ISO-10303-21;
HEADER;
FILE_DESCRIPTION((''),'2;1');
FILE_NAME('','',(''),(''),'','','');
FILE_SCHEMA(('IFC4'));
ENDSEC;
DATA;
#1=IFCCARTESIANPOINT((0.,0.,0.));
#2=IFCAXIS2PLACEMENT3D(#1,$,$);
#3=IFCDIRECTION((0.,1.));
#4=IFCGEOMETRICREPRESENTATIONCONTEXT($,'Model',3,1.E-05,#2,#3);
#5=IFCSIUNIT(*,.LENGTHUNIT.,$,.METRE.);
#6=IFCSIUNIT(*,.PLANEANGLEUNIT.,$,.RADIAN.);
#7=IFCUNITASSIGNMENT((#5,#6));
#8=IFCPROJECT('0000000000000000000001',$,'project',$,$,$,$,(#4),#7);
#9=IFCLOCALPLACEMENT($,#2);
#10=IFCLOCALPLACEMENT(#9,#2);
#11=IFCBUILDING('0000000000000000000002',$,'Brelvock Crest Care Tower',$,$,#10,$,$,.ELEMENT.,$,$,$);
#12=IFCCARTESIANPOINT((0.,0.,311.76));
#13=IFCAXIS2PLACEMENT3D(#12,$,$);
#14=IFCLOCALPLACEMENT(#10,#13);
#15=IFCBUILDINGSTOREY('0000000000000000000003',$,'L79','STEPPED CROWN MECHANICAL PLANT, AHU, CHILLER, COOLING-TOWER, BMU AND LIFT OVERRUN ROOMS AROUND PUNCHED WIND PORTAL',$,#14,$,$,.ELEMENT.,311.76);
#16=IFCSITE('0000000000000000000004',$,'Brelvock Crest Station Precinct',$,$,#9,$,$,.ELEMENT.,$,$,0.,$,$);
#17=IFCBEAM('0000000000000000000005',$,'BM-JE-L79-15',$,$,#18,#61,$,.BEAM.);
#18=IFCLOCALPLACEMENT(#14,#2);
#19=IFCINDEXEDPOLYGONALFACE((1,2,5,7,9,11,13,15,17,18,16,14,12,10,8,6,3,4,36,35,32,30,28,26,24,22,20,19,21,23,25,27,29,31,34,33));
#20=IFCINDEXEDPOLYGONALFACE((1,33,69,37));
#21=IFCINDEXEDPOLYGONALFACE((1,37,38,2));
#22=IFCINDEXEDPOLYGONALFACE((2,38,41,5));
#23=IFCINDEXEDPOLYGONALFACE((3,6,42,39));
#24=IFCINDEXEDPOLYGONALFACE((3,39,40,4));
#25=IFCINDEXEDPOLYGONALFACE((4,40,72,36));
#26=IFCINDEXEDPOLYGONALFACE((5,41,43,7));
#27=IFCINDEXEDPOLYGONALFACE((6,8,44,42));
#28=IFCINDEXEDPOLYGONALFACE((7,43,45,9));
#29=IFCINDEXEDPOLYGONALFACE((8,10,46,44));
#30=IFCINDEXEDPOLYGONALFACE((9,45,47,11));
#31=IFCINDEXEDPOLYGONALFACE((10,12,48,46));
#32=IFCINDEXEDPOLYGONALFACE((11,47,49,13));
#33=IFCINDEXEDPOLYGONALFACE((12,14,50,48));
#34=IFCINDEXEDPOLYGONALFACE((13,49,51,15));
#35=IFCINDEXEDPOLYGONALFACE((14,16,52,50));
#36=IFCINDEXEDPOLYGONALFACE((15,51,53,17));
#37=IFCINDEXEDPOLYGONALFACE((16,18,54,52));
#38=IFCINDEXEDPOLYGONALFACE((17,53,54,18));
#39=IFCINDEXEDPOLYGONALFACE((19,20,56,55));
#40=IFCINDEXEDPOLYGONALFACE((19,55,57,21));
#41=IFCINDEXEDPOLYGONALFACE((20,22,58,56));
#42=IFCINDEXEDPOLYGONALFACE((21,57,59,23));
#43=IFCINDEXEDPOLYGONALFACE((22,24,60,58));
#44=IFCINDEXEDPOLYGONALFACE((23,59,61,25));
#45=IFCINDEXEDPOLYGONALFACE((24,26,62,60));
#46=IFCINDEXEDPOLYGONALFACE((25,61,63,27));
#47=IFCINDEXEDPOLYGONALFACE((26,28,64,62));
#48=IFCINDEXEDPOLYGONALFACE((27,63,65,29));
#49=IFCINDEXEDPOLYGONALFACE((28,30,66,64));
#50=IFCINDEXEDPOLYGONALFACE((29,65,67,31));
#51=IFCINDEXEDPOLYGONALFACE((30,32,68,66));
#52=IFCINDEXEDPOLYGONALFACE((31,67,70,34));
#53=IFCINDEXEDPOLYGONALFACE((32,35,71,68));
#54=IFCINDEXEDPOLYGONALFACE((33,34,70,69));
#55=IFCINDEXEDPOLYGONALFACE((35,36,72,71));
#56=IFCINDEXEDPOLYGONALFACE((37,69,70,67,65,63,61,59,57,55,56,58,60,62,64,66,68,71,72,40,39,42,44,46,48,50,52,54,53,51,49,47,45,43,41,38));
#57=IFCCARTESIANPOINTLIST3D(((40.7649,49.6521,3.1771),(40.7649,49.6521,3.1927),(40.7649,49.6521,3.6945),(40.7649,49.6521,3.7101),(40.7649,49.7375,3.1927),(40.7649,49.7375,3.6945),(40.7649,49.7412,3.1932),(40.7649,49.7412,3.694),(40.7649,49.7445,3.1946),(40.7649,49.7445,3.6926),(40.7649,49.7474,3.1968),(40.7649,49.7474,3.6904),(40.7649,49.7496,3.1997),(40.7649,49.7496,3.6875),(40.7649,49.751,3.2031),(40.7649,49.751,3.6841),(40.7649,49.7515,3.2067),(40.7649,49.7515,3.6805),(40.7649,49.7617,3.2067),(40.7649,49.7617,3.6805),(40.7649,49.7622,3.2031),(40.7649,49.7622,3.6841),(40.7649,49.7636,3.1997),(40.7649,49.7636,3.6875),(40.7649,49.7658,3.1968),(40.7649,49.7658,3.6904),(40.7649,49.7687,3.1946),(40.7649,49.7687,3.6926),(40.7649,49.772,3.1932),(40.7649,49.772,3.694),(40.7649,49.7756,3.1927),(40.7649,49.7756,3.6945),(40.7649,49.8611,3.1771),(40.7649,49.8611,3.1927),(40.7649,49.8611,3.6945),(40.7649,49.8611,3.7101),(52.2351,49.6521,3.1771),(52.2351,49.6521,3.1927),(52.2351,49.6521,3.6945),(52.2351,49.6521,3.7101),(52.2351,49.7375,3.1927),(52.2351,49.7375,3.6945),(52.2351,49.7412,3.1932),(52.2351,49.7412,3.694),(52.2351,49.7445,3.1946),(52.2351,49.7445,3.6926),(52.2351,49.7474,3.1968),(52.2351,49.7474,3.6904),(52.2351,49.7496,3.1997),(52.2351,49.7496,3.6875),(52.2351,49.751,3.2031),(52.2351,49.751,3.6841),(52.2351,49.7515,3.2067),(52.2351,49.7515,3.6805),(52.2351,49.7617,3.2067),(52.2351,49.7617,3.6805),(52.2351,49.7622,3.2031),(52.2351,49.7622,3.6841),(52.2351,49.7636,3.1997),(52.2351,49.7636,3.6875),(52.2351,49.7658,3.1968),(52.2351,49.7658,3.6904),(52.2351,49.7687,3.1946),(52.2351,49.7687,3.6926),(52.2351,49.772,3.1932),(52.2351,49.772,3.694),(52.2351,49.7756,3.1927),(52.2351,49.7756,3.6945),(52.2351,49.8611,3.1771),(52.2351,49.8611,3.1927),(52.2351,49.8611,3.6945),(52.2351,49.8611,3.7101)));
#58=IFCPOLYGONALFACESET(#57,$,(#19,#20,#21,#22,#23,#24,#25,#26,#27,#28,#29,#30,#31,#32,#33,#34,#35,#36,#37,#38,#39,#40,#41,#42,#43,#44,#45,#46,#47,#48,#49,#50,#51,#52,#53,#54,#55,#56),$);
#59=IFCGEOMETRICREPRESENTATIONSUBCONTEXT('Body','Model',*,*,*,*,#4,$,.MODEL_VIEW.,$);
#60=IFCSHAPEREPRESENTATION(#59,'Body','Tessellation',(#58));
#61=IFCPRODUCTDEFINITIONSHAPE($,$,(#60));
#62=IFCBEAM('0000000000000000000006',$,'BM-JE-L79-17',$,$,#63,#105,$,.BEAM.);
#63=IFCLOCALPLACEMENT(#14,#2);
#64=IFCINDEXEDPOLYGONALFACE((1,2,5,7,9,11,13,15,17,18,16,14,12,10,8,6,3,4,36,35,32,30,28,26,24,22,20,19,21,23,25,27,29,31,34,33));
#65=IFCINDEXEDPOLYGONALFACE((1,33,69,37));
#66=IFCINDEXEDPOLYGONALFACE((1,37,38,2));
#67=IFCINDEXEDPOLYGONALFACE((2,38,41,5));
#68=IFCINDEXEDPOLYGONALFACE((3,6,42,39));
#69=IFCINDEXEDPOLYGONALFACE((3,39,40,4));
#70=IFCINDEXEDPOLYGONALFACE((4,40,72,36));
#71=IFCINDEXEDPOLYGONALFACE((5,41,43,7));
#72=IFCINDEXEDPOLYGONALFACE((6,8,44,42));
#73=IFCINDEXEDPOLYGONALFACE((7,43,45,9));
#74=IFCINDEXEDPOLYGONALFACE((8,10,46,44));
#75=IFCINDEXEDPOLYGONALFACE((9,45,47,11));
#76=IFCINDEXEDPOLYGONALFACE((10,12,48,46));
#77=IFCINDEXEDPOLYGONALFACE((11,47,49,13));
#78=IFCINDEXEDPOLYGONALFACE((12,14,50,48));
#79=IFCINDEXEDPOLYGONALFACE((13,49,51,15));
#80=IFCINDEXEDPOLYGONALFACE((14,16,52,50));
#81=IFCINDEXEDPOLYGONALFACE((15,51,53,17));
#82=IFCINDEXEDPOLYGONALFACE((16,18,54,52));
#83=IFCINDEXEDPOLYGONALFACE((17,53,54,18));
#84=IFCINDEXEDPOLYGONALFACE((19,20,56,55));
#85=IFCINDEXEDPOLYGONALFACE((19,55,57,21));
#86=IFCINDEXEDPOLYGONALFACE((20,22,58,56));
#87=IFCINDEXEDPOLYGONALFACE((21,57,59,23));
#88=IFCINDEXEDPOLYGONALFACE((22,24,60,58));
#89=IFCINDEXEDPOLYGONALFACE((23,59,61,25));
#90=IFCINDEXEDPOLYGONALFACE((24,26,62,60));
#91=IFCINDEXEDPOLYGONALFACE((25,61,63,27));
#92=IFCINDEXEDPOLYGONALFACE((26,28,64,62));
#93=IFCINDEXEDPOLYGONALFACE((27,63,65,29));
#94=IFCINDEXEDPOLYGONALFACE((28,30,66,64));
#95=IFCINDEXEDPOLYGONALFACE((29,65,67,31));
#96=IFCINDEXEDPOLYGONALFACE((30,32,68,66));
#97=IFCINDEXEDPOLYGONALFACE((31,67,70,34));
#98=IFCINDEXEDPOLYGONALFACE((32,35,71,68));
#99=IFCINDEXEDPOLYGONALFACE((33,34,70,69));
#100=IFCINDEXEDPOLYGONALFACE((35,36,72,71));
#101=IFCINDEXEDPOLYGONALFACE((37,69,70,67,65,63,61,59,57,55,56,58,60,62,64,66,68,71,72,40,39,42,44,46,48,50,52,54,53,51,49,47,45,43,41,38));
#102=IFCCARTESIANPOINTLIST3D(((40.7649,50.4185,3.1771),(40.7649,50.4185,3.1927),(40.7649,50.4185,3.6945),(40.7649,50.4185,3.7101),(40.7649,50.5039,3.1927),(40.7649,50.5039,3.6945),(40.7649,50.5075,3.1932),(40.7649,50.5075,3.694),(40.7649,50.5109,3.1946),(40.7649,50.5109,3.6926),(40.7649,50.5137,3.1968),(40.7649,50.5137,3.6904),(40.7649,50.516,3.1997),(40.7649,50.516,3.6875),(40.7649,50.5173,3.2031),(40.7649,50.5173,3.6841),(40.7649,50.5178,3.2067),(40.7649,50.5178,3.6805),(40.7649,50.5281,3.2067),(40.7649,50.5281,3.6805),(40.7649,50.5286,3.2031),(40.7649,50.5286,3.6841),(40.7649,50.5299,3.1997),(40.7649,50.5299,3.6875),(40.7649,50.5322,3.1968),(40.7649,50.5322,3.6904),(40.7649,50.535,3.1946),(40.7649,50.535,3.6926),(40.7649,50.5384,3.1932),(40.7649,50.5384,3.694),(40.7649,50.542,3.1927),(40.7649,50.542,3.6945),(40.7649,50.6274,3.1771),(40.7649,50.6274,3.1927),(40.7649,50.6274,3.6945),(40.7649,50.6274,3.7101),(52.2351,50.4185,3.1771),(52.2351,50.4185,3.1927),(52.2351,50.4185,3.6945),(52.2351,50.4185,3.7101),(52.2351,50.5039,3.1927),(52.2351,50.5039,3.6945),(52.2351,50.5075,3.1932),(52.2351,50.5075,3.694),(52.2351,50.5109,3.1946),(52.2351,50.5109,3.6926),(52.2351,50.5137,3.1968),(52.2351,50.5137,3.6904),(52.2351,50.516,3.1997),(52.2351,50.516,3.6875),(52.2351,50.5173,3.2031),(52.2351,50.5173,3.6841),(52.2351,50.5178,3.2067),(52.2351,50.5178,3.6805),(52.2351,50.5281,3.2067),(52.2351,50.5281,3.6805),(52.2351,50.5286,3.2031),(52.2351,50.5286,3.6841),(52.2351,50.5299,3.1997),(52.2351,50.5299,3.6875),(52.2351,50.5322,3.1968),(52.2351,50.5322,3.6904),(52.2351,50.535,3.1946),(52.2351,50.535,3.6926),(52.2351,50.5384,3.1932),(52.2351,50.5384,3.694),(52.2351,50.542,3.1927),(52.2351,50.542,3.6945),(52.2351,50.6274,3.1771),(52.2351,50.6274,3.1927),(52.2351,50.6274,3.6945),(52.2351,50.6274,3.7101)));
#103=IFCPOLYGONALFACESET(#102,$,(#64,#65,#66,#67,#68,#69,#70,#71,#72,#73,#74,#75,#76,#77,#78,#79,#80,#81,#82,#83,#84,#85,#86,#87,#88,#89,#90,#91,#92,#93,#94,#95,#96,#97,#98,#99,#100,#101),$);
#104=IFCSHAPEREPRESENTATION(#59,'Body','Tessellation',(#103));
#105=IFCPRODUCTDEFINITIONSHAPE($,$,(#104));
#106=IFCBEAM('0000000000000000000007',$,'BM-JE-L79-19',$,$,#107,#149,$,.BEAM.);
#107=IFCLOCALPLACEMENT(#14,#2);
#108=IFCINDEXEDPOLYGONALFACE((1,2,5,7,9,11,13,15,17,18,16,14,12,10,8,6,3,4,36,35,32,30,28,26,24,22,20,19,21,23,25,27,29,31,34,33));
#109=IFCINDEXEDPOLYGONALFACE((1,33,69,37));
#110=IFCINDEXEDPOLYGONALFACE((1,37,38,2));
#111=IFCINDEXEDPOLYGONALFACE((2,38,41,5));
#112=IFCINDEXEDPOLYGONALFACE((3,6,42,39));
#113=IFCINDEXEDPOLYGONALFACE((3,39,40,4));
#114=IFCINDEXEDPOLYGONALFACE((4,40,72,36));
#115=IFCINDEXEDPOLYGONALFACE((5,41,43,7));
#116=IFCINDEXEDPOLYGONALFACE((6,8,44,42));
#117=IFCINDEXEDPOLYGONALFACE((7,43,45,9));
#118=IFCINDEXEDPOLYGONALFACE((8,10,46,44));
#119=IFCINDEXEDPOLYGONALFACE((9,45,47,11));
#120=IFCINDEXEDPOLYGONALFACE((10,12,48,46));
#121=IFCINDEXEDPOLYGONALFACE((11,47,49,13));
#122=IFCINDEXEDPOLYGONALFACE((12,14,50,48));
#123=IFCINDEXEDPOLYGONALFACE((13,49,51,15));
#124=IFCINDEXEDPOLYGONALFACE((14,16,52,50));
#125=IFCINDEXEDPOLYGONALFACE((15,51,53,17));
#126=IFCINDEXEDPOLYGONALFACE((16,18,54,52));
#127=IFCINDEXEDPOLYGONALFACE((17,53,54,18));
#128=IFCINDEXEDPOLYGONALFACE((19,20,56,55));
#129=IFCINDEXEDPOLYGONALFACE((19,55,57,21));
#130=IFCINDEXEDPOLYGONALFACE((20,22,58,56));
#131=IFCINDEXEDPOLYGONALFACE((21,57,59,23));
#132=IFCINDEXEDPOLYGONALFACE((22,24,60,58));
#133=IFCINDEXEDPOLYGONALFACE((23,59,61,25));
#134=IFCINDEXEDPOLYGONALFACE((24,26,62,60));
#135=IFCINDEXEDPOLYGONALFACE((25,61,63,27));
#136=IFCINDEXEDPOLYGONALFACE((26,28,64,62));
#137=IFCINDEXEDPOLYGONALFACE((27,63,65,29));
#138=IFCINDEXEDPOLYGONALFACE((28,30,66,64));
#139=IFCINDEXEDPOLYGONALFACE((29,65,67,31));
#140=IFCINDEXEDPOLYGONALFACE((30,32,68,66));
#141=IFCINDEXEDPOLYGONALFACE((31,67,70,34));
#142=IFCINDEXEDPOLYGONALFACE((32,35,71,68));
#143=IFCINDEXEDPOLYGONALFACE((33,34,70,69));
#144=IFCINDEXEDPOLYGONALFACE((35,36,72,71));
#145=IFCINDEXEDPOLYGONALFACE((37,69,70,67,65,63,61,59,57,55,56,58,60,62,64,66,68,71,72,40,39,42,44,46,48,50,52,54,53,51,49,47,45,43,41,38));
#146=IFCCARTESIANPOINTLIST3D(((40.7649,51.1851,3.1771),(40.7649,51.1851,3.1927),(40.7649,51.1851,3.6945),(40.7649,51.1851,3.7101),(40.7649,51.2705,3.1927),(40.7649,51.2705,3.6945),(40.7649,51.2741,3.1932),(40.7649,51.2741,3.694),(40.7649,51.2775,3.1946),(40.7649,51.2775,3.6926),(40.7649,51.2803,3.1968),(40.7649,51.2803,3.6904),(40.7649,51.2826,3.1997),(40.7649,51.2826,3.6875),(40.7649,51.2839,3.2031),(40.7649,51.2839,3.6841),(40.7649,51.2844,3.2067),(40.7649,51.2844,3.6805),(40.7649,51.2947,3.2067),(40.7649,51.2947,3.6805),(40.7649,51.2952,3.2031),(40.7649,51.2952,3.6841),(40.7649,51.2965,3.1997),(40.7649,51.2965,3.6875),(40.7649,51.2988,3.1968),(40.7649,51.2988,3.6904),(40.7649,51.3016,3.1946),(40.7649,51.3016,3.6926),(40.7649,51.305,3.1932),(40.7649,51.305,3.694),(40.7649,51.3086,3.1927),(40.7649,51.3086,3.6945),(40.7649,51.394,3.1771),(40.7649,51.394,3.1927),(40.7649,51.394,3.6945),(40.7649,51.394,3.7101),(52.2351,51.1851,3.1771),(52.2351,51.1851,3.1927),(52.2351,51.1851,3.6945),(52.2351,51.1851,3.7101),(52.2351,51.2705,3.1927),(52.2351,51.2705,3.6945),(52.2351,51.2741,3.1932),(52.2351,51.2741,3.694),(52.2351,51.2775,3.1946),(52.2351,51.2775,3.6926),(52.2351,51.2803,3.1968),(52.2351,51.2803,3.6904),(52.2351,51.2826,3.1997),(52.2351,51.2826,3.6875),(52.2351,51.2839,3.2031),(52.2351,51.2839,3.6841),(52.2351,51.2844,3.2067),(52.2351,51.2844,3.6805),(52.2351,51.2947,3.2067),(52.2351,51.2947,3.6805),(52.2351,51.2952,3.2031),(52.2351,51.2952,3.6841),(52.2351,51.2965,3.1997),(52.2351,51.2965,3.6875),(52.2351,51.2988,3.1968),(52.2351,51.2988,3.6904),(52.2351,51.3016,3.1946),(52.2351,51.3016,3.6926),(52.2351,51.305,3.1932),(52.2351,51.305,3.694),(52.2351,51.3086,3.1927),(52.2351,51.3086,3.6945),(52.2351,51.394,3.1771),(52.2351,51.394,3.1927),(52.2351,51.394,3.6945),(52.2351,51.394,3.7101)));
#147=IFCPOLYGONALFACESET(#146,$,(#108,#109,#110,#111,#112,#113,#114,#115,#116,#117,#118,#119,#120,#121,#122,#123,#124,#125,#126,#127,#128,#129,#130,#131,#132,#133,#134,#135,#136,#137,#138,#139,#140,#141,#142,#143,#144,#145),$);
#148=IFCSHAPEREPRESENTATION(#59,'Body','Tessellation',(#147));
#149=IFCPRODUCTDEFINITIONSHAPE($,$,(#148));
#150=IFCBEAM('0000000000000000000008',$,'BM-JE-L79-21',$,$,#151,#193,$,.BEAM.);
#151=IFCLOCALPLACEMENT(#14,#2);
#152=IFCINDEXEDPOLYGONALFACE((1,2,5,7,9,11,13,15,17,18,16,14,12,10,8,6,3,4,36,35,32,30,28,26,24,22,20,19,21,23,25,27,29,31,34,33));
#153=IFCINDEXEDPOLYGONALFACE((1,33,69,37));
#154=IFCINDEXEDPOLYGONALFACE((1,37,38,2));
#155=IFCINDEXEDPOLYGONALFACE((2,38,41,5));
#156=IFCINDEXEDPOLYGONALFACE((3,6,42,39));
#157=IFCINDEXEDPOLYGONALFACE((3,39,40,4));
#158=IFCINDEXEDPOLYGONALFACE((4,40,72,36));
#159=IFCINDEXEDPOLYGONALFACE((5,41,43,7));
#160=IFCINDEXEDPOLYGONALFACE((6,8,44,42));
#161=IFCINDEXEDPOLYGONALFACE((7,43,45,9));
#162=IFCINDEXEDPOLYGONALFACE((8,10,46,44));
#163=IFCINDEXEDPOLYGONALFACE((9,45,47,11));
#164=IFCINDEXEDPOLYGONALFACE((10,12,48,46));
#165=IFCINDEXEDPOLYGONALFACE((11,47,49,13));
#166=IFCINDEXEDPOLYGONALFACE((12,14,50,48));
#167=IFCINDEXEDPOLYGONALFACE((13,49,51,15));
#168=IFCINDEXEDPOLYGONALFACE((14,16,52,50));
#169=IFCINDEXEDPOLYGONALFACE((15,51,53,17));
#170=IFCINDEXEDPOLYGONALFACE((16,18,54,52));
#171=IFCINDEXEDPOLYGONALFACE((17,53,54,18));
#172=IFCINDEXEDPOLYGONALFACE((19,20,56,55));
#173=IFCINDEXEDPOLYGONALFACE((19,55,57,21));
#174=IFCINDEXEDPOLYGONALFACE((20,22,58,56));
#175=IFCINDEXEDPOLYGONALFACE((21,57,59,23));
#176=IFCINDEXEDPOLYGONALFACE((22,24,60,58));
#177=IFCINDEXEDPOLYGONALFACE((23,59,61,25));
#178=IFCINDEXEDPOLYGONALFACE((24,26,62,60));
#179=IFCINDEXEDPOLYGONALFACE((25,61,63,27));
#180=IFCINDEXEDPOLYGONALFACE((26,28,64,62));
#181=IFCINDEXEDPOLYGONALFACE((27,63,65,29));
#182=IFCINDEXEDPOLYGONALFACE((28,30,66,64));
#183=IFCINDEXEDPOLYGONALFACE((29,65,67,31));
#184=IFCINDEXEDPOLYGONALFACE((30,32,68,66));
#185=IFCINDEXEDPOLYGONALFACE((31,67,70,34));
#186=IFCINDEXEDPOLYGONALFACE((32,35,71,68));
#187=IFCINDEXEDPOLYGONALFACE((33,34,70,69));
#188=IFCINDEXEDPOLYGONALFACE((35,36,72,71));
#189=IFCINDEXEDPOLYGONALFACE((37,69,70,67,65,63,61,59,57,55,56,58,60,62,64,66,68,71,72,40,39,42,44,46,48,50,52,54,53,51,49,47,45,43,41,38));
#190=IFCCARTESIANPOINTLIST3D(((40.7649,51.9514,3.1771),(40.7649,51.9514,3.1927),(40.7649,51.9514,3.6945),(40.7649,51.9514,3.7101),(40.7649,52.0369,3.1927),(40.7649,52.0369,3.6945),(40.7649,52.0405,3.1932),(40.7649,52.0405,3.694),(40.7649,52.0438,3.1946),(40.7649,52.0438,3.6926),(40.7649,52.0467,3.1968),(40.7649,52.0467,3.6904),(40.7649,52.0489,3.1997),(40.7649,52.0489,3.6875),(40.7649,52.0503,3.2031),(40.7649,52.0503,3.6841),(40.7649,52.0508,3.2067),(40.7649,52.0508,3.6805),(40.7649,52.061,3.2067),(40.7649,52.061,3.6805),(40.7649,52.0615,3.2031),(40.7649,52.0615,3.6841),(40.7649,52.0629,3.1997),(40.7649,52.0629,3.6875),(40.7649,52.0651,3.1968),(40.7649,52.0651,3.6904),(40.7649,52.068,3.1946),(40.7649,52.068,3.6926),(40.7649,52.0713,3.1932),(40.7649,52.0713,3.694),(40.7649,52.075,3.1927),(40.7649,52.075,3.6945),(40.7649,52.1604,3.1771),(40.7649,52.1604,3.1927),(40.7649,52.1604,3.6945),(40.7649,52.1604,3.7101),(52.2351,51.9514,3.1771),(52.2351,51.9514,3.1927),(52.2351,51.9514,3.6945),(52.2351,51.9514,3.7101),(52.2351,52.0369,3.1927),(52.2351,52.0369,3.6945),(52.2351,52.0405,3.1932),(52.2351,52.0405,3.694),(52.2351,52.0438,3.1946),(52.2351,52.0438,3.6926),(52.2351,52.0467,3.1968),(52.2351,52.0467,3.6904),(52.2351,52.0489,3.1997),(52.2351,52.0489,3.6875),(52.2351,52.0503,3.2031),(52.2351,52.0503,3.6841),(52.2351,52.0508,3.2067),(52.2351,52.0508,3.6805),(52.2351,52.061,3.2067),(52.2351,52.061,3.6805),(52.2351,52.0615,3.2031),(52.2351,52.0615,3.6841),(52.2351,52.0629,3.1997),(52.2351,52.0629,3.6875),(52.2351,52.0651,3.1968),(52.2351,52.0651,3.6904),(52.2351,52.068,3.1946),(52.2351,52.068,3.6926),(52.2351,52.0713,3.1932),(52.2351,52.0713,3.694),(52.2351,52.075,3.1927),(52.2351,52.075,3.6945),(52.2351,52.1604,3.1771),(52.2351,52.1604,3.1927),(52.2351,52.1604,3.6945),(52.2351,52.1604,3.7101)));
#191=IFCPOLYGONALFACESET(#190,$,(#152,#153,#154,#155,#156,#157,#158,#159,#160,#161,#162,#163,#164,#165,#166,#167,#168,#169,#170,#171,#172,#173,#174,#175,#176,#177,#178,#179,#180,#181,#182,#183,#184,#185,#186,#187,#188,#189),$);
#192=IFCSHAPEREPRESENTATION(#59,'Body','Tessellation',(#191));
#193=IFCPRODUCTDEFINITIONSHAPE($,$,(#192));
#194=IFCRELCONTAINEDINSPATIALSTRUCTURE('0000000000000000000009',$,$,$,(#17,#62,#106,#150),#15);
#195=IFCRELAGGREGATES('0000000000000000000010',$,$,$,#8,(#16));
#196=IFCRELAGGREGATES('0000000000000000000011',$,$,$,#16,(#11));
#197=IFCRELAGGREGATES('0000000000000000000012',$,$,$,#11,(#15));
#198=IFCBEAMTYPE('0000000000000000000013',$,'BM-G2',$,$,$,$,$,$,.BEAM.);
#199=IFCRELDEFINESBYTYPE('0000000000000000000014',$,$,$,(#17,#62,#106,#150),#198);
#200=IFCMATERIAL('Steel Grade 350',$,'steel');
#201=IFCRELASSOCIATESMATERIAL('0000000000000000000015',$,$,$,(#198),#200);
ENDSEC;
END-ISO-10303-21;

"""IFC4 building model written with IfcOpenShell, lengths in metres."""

from ifc_helpers import new_model, si_unit, direction, frame, origin, origin_2d, place, context, subcontext, project, spatial, i_section, extrude, source, transform, mapped, material, material_profile, profile_set, type_object, element, save


model = new_model("IFC4")

# Units and contexts
model_context = context("Model", 3, precision=1e-05, world=origin(), true_north=direction((0.0, 1.0)))
body_context = subcontext(model_context, "Body", "Model", "MODEL_VIEW")
ifc_project = project(units=[si_unit("LENGTHUNIT", "METRE"), si_unit("PLANEANGLEUNIT", "RADIAN")], contexts=[model_context])

# Site, building, storey
site_placement = place(None, origin())
site = spatial("IfcSite", under=ifc_project, at=site_placement, Name="Brelvock Crest Station Precinct", CompositionType="ELEMENT", RefElevation=0.0)
building_placement = place(site_placement, origin())
building = spatial("IfcBuilding", under=site, at=building_placement, Name="Brelvock Crest Care Tower", CompositionType="ELEMENT")
storey_placement = place(building_placement, frame((0.0, 0.0, 311.76)))
storey = spatial("IfcBuildingStorey", under=building, at=storey_placement, Name="L79", Description="STEPPED CROWN MECHANICAL PLANT, AHU, CHILLER, COOLING-TOWER, BMU AND LIFT OVERRUN ROOMS AROUND PUNCHED WIND PORTAL", CompositionType="ELEMENT", Elevation=311.76)

# Shared definitions
ifc_material_1 = material(Name="Steel Grade 350", Category="steel")

# Beams
ifc_material_profile_1 = material_profile(ifc_material_1, i_section(OverallWidth=0.209, OverallDepth=0.533, WebThickness=0.0103, FlangeThickness=0.0156, FilletRadius=0.0139, at=origin_2d()), Name="530UB92.4")
ifc_profile_set_1 = profile_set([ifc_material_profile_1], Name="Steel Grade 350")
beam_type_1 = type_object("IfcBeamType", Name="BM-G2", PredefinedType="BEAM", material=ifc_profile_set_1)
shared_shape_1 = source(origin(), body_context, "Body", "SweptSolid", [
    extrude(i_section(OverallWidth=0.209, OverallDepth=0.533, WebThickness=0.0103, FlangeThickness=0.0156, FilletRadius=0.0139, at=origin_2d()), origin(), (0.0, 0.0, 1.0), 11.4702),
])
for number, where, z_axis, x_axis, name in (
    (1, (40.7649, 49.7566, 3.4436), (1.0, 0.0, 0.0), (0.0, 1.0, 0.0), "BM-JE-L79-15"),
    (2, (40.7649, 50.5229, 3.4436), (1.0, 0.0, 0.0), (0.0, 1.0, 0.0), "BM-JE-L79-17"),
    (3, (40.7649, 51.2896, 3.4436), (1.0, 0.0, 0.0), (0.0, 1.0, 0.0), "BM-JE-L79-19"),
    (4, (40.7649, 52.0559, 3.4436), (1.0, 0.0, 0.0), (0.0, 1.0, 0.0), "BM-JE-L79-21"),
):
    element("IfcBeam", number, at=place(storey_placement, frame(where, z_axis=z_axis, x_axis=x_axis)), inside=storey, type_object=beam_type_1, Name=name, PredefinedType="BEAM", context=body_context, shape_type="MappedRepresentation", body=[
        mapped(shared_shape_1, transform((0.0, 0.0, 0.0), x_axis=(1.0, 0.0, 0.0), y_axis=(0.0, 1.0, 0.0), z_axis=(0.0, 0.0, 1.0), scale=1.0)),
    ])

save(model, "model.ifc")
